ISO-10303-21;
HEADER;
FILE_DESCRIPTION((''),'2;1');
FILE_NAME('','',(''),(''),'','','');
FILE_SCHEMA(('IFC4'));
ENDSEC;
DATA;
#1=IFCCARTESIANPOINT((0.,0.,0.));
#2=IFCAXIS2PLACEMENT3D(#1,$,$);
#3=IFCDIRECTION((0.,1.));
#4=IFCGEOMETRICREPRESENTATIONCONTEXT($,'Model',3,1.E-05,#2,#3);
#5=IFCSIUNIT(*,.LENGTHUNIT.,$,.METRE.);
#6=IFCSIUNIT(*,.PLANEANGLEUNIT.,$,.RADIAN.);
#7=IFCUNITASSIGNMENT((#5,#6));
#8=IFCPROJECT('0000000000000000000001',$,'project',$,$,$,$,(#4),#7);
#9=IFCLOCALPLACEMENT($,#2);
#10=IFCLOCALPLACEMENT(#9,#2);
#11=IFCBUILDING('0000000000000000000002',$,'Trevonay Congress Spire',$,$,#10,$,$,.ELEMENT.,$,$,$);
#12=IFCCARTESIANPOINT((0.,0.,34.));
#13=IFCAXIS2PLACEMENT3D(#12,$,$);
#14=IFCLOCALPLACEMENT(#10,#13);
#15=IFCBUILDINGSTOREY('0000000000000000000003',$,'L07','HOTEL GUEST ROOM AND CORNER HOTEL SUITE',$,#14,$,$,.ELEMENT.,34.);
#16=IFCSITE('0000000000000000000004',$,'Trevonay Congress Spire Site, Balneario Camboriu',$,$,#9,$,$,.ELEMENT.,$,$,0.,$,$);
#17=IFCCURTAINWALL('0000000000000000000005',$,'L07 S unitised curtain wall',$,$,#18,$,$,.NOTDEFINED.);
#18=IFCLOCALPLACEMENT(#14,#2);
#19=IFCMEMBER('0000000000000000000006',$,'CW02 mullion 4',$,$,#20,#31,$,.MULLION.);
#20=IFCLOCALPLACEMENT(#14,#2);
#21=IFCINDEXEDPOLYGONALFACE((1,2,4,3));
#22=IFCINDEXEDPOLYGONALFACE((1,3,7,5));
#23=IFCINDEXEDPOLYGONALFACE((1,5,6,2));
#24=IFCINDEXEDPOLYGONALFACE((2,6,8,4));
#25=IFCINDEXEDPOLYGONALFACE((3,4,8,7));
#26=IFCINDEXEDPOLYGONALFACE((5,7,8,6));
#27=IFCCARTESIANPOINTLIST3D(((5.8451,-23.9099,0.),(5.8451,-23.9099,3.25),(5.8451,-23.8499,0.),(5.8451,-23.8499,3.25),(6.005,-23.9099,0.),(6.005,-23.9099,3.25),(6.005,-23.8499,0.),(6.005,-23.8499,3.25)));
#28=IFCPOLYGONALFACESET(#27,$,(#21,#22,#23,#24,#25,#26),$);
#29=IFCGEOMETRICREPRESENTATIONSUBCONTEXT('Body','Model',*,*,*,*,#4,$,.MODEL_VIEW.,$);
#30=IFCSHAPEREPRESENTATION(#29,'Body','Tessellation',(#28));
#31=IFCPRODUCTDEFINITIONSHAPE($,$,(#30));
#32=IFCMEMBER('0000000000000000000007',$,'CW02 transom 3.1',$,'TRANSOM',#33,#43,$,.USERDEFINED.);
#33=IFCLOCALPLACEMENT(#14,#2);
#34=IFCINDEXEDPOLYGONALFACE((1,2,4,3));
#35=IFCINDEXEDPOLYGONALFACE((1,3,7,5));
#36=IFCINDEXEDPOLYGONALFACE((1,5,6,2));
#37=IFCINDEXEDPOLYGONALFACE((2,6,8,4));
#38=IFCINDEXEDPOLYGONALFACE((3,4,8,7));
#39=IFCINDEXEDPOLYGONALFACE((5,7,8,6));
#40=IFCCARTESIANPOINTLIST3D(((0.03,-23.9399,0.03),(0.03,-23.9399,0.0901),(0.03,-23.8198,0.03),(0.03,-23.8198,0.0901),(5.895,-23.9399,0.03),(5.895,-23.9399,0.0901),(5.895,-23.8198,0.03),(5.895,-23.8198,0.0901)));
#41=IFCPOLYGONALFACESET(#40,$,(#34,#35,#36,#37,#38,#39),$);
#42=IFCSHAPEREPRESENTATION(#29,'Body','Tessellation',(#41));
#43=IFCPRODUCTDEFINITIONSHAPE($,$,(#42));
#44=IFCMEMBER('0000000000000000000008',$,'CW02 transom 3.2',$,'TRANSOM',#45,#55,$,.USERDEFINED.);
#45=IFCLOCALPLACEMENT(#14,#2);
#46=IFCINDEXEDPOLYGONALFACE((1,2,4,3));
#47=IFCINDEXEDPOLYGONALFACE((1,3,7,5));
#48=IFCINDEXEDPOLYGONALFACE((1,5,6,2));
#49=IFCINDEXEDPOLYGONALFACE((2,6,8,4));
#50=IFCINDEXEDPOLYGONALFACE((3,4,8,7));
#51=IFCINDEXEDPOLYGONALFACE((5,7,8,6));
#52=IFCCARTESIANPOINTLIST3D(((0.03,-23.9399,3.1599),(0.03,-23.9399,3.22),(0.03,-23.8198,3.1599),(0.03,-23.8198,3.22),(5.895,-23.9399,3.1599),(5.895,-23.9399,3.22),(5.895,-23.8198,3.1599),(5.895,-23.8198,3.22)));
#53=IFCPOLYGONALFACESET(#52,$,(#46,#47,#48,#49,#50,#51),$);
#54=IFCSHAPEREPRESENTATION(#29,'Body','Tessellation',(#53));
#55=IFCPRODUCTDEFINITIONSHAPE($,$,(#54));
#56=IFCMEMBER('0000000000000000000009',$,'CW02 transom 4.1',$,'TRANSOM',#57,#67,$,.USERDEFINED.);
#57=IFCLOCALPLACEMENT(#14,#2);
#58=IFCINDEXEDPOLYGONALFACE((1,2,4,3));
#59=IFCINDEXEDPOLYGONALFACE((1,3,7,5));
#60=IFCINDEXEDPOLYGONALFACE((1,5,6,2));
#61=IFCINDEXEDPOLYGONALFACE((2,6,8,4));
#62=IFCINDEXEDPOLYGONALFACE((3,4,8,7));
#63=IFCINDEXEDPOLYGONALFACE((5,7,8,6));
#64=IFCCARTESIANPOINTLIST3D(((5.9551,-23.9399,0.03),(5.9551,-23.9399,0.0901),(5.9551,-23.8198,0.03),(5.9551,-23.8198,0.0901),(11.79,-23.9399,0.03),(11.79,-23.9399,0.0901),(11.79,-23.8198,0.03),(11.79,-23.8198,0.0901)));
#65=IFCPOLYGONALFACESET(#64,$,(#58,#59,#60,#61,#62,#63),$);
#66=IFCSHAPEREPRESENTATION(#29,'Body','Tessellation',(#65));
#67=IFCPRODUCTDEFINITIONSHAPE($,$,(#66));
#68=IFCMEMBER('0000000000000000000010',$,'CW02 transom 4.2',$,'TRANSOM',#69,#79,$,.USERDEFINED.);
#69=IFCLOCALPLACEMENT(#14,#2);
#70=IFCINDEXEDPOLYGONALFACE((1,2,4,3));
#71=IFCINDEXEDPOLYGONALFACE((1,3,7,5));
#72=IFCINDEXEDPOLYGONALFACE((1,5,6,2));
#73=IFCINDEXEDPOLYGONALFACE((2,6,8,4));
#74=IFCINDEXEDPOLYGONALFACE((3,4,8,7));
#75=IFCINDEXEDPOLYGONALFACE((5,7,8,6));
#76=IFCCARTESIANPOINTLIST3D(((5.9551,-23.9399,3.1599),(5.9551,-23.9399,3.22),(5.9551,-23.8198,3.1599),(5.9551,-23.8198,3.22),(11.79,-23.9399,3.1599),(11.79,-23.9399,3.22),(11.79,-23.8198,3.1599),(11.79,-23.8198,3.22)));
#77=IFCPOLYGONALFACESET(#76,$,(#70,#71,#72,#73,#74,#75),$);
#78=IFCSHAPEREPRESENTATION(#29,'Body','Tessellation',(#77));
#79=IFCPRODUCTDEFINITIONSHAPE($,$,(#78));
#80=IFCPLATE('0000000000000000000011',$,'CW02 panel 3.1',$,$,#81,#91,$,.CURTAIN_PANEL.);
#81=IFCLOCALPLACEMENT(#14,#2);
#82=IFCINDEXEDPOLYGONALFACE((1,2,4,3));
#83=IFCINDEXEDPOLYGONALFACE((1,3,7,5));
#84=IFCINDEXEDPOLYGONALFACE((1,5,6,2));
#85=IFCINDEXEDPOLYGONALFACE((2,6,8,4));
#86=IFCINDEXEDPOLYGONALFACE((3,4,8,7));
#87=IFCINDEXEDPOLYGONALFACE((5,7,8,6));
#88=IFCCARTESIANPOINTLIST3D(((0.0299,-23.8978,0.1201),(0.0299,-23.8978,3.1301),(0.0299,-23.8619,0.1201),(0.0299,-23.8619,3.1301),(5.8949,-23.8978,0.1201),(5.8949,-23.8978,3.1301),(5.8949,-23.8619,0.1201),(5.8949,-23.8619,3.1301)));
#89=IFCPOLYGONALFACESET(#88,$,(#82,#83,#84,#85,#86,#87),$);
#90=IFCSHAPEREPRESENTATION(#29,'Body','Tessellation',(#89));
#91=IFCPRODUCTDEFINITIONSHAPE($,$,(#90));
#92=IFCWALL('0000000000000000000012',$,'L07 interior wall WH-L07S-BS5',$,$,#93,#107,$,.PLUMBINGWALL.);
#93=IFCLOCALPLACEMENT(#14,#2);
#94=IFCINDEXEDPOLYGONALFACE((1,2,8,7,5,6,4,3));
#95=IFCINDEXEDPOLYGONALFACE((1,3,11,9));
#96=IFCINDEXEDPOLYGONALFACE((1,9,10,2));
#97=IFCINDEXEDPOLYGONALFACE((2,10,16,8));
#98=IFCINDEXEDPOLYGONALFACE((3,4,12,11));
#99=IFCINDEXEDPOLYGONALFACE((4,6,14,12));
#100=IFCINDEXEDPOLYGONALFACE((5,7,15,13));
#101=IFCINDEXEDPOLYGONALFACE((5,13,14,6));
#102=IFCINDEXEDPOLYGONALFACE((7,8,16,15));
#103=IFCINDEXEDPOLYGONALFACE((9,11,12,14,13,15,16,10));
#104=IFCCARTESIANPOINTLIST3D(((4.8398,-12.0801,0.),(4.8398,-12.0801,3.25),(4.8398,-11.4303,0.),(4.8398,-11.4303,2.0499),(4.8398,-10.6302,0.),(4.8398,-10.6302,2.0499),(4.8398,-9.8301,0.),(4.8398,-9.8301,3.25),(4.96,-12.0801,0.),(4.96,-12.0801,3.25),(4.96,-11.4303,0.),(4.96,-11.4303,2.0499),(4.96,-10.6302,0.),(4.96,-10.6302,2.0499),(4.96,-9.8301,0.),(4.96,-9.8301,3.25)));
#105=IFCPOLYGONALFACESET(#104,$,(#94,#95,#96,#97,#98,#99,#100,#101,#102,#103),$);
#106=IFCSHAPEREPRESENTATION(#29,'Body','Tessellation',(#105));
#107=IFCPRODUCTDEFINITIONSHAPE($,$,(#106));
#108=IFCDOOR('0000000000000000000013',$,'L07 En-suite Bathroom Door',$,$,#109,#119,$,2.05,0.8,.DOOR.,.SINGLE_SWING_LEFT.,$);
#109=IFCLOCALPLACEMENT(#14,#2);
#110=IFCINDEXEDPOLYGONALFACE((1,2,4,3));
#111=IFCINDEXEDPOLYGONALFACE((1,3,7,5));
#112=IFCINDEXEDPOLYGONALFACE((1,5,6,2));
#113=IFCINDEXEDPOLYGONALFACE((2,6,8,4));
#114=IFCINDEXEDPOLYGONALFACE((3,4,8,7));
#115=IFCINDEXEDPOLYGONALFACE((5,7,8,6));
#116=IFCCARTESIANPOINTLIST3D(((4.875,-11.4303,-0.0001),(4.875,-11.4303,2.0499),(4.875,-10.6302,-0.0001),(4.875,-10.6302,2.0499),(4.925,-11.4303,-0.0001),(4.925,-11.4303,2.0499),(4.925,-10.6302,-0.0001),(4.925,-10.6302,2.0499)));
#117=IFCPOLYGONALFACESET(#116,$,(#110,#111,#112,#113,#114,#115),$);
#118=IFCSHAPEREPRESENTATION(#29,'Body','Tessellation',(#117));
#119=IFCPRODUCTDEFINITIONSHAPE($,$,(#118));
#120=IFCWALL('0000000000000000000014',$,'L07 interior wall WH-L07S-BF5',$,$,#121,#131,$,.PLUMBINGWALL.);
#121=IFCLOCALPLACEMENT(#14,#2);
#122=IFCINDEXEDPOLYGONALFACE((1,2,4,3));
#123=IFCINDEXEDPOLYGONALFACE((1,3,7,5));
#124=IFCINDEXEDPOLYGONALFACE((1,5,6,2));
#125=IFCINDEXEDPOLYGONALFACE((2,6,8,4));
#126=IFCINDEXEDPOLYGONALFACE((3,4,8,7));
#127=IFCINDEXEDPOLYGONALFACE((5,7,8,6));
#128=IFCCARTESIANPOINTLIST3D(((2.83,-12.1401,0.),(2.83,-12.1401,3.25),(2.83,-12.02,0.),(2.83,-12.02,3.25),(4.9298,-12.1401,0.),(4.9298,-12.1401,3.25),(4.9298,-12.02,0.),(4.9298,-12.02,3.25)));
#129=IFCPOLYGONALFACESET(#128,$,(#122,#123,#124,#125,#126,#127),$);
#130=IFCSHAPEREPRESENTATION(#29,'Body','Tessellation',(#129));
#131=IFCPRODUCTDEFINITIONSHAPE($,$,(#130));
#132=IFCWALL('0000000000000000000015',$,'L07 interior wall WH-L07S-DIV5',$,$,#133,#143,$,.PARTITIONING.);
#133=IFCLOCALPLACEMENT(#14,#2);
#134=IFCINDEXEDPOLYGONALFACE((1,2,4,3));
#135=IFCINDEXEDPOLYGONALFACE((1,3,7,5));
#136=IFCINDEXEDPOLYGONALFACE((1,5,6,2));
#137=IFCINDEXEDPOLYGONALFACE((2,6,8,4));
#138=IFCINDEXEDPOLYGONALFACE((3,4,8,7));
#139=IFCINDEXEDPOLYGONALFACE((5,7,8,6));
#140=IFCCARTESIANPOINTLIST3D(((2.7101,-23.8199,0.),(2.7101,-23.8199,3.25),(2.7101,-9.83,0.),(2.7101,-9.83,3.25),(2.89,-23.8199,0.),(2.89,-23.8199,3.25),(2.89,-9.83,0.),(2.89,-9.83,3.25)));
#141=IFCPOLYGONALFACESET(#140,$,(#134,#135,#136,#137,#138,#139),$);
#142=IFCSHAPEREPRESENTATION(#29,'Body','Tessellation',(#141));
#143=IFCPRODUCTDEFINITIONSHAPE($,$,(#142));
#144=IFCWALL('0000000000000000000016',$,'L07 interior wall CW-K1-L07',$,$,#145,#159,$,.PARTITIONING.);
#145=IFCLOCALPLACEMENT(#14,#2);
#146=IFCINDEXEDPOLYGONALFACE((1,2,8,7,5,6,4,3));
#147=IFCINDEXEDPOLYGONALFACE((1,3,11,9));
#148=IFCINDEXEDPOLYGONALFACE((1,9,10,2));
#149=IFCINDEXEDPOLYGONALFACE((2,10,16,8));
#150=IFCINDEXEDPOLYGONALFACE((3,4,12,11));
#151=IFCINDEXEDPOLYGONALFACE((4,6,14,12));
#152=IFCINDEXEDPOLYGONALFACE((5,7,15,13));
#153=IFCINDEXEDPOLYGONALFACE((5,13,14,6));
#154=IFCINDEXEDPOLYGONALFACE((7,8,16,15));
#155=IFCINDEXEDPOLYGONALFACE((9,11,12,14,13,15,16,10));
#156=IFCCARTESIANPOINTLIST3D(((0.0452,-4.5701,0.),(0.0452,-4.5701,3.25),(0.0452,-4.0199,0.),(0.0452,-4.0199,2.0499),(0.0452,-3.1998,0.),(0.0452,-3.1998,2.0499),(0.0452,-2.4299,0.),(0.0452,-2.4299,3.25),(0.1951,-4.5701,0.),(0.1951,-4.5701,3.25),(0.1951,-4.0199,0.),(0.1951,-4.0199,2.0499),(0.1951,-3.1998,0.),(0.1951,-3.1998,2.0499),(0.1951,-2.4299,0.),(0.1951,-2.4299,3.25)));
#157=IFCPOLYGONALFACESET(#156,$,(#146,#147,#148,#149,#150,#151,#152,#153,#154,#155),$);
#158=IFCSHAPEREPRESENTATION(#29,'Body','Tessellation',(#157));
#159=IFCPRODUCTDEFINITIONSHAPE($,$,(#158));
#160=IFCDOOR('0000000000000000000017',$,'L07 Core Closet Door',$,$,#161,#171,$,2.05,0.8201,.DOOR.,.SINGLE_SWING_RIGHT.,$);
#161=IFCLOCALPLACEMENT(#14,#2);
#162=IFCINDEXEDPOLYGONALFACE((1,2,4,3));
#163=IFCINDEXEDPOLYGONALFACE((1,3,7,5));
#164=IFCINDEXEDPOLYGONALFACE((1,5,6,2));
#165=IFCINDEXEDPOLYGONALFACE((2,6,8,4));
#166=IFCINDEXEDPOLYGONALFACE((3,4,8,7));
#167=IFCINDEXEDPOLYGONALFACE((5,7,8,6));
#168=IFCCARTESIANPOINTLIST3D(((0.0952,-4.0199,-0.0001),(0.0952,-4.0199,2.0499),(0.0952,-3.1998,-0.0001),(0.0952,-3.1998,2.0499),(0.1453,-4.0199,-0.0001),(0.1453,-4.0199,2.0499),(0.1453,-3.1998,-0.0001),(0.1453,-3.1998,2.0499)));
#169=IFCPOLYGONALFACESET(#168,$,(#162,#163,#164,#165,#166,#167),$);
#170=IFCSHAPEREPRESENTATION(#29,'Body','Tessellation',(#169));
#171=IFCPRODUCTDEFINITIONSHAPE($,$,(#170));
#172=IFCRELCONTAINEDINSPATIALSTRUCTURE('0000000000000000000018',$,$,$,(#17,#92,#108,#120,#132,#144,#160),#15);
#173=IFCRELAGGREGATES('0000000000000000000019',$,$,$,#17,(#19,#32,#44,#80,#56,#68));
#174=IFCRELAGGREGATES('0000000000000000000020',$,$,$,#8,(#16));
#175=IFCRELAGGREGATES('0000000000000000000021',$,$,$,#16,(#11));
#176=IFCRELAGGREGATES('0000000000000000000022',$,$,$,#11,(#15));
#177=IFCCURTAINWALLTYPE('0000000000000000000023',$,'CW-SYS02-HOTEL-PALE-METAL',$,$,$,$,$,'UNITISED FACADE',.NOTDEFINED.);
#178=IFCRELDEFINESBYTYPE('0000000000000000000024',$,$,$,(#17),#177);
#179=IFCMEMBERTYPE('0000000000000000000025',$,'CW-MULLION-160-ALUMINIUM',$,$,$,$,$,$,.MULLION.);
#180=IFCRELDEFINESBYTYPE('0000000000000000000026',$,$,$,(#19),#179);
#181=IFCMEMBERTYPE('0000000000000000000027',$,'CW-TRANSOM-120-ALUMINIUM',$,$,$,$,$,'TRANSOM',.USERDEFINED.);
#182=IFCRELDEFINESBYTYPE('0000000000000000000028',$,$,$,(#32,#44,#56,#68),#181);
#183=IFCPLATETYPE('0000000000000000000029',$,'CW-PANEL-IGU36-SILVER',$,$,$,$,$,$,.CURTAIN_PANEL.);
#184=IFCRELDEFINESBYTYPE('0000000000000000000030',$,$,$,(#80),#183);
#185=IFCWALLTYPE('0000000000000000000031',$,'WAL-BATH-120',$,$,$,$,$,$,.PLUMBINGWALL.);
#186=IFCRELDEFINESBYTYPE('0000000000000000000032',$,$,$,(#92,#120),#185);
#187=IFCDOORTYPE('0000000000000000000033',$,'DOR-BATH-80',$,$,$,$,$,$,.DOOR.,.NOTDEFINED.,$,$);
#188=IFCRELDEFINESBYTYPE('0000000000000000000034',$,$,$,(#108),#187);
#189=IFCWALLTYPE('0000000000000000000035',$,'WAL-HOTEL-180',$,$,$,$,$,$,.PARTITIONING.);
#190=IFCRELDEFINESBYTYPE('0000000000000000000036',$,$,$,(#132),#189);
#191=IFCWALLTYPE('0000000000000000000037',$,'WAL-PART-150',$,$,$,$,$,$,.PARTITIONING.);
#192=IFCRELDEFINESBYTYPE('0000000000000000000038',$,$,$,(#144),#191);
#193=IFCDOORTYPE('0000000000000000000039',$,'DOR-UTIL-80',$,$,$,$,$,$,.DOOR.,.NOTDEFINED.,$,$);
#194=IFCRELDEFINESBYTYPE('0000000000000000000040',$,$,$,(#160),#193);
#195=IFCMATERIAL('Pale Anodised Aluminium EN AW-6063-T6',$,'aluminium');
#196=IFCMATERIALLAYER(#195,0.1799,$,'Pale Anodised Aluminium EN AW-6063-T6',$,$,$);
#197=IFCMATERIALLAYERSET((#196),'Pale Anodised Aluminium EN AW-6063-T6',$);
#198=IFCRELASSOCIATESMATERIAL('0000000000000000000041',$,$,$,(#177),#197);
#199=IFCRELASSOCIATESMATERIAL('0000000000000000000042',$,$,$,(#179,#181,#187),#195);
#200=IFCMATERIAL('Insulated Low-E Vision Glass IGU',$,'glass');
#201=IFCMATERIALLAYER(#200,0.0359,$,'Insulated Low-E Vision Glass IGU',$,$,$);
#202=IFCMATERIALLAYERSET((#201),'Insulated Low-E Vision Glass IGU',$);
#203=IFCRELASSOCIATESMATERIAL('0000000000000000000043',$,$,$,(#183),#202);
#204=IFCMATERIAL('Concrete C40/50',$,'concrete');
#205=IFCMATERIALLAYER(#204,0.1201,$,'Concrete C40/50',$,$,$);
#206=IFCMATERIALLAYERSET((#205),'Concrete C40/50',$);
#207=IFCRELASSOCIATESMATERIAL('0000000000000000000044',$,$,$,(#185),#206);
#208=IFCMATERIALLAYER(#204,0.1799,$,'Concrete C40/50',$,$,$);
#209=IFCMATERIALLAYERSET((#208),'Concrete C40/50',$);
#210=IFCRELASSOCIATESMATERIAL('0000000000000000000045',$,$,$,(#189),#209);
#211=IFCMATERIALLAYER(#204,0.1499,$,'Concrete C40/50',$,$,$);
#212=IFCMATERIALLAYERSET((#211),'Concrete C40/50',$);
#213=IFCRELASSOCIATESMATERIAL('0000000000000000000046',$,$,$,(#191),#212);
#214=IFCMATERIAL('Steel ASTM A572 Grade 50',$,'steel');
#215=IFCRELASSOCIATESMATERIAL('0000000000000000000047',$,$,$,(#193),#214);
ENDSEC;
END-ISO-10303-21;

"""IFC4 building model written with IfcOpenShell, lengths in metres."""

from ifc_helpers import new_model, si_unit, direction, frame, frame_2d, origin, origin_2d, place, context, subcontext, project, spatial, rectangle, extrude, material, layer, layer_set, material_profile, profile_set, type_object, element, fill, aggregate, save


model = new_model("IFC4")

# Units and contexts
model_context = context("Model", 3, precision=1e-05, world=origin(), true_north=direction((0.0, 1.0)))
body_context = subcontext(model_context, "Body", "Model", "MODEL_VIEW")
ifc_project = project(units=[si_unit("LENGTHUNIT", "METRE"), si_unit("PLANEANGLEUNIT", "RADIAN")], contexts=[model_context])

# Site, building, storey
site_placement = place(None, origin())
site = spatial("IfcSite", under=ifc_project, at=site_placement, Name="Trevonay Congress Spire Site, Balneario Camboriu", CompositionType="ELEMENT", RefElevation=0.0)
building_placement = place(site_placement, origin())
building = spatial("IfcBuilding", under=site, at=building_placement, Name="Trevonay Congress Spire", CompositionType="ELEMENT")
storey_placement = place(building_placement, frame((0.0, 0.0, 34.0)))
storey = spatial("IfcBuildingStorey", under=building, at=storey_placement, Name="L07", Description="HOTEL GUEST ROOM AND CORNER HOTEL SUITE", CompositionType="ELEMENT", Elevation=34.0)

# Shared definitions
ifc_material_1 = material(Name="Steel ASTM A572 Grade 50", Category="steel")

# Curtain wall, members, plate
ifc_material_2 = material(Name="Pale Anodised Aluminium EN AW-6063-T6", Category="aluminium")
ifc_layer_1 = layer(ifc_material_2, 0.1799, Name="Pale Anodised Aluminium EN AW-6063-T6")
ifc_layer_set_1 = layer_set([ifc_layer_1], Name="Pale Anodised Aluminium EN AW-6063-T6")
curtain_wall_type = type_object("IfcCurtainWallType", Name="CW-SYS02-HOTEL-PALE-METAL", ElementType="UNITISED FACADE", PredefinedType="NOTDEFINED", material=ifc_layer_set_1)
curtain_wall_placement = place(storey_placement, origin())
curtain_wall = element("IfcCurtainWall", 1, at=curtain_wall_placement, inside=storey, type_object=curtain_wall_type, Name="L07 S unitised curtain wall", PredefinedType="NOTDEFINED")
ifc_material_profile_1 = material_profile(ifc_material_2, rectangle(XDim=0.0601, YDim=0.1599, at=origin_2d()), Name="CW-MULLION-160-ALUMINIUM")
ifc_profile_set_1 = profile_set([ifc_material_profile_1], Name="Pale Anodised Aluminium EN AW-6063-T6")
member_type_1 = type_object("IfcMemberType", Name="CW-MULLION-160-ALUMINIUM", PredefinedType="MULLION", material=ifc_profile_set_1)
member_1_placement = place(storey_placement, frame((5.925, -23.8799, 0.0), z_axis=(0.0, 0.0, 1.0), x_axis=(0.0, 1.0, 0.0)))
member_1 = element("IfcMember", 2, at=member_1_placement, type_object=member_type_1, Name="CW02 mullion 4", PredefinedType="MULLION", context=body_context, shape_type="SweptSolid", body=[
    extrude(rectangle(XDim=0.0601, YDim=0.1599, at=origin_2d()), origin(), (0.0, 0.0, 1.0), 3.25),
])
ifc_material_profile_2 = material_profile(ifc_material_2, rectangle(XDim=0.1201, YDim=0.0601, at=origin_2d()), Name="CW-TRANSOM-120-ALUMINIUM")
ifc_profile_set_2 = profile_set([ifc_material_profile_2], Name="Pale Anodised Aluminium EN AW-6063-T6")
member_type_2 = type_object("IfcMemberType", Name="CW-TRANSOM-120-ALUMINIUM", ElementType="TRANSOM", PredefinedType="USERDEFINED", material=ifc_profile_set_2)
member_2_placement = place(storey_placement, frame((0.03, -23.8799, 0.0601), z_axis=(1.0, 0.0, 0.0), x_axis=(0.0, 1.0, 0.0)))
member_2 = element("IfcMember", 3, at=member_2_placement, type_object=member_type_2, Name="CW02 transom 3.1", ObjectType="TRANSOM", PredefinedType="USERDEFINED", context=body_context, shape_type="SweptSolid", body=[
    extrude(rectangle(XDim=0.1201, YDim=0.0601, at=origin_2d()), origin(), (0.0, 0.0, 1.0), 5.865),
])
member_3_placement = place(storey_placement, frame((0.03, -23.8799, 3.1899), z_axis=(1.0, 0.0, 0.0), x_axis=(0.0, 1.0, 0.0)))
member_3 = element("IfcMember", 4, at=member_3_placement, type_object=member_type_2, Name="CW02 transom 3.2", ObjectType="TRANSOM", PredefinedType="USERDEFINED", context=body_context, shape_type="SweptSolid", body=[
    extrude(rectangle(XDim=0.1201, YDim=0.0601, at=origin_2d()), origin(), (0.0, 0.0, 1.0), 5.865),
])
member_4_placement = place(storey_placement, frame((5.9551, -23.8799, 0.0601), z_axis=(1.0, 0.0, 0.0), x_axis=(0.0, 1.0, 0.0)))
member_4 = element("IfcMember", 5, at=member_4_placement, type_object=member_type_2, Name="CW02 transom 4.1", ObjectType="TRANSOM", PredefinedType="USERDEFINED", context=body_context, shape_type="SweptSolid", body=[
    extrude(rectangle(XDim=0.1201, YDim=0.0601, at=origin_2d()), origin(), (0.0, 0.0, 1.0), 5.835),
])
member_5_placement = place(storey_placement, frame((5.9551, -23.8799, 3.1899), z_axis=(1.0, 0.0, 0.0), x_axis=(0.0, 1.0, 0.0)))
member_5 = element("IfcMember", 6, at=member_5_placement, type_object=member_type_2, Name="CW02 transom 4.2", ObjectType="TRANSOM", PredefinedType="USERDEFINED", context=body_context, shape_type="SweptSolid", body=[
    extrude(rectangle(XDim=0.1201, YDim=0.0601, at=origin_2d()), origin(), (0.0, 0.0, 1.0), 5.835),
])
ifc_material_3 = material(Name="Insulated Low-E Vision Glass IGU", Category="glass")
ifc_layer_2 = layer(ifc_material_3, 0.0359, Name="Insulated Low-E Vision Glass IGU")
ifc_layer_set_2 = layer_set([ifc_layer_2], Name="Insulated Low-E Vision Glass IGU")
plate_type = type_object("IfcPlateType", Name="CW-PANEL-IGU36-SILVER", PredefinedType="CURTAIN_PANEL", material=ifc_layer_set_2)
plate_placement = place(storey_placement, frame((2.9624, -23.8799, 0.1201), z_axis=(0.0, 0.0, 1.0), x_axis=(1.0, 0.0, 0.0)))
plate = element("IfcPlate", 7, at=plate_placement, type_object=plate_type, Name="CW02 panel 3.1", PredefinedType="CURTAIN_PANEL", context=body_context, shape_type="SweptSolid", body=[
    extrude(rectangle(XDim=5.865, YDim=0.0359, at=origin_2d()), origin(), (0.0, 0.0, 1.0), 3.01),
])
aggregate(curtain_wall, [member_1, member_2, member_3, plate, member_4, member_5])

# Wall, opening, door
ifc_material_4 = material(Name="Concrete C40/50", Category="concrete")
ifc_layer_3 = layer(ifc_material_4, 0.1201, Name="Concrete C40/50")
ifc_layer_set_3 = layer_set([ifc_layer_3], Name="Concrete C40/50")
wall_type_1 = type_object("IfcWallType", Name="WAL-BATH-120", PredefinedType="PLUMBINGWALL", material=ifc_layer_set_3)
wall_1_placement = place(storey_placement, frame((4.8999, -12.0801, 0.0), z_axis=(0.0, 0.0, 1.0), x_axis=(0.0, 1.0, 0.0)))
wall_1 = element("IfcWall", 8, at=wall_1_placement, inside=storey, type_object=wall_type_1, Name="L07 interior wall WH-L07S-BS5", PredefinedType="PLUMBINGWALL", context=body_context, shape_type="SweptSolid", body=[
    extrude(rectangle(XDim=2.25, YDim=0.1201, at=frame_2d((1.125, 0.0))), origin(), (0.0, 0.0, 1.0), 3.25),
])
opening_1_placement = place(wall_1_placement, frame((0.6499, 0.0, 0.0)))
opening_1 = element("IfcOpeningElement", 9, at=opening_1_placement, cuts=wall_1, PredefinedType="OPENING", context=body_context, shape_type="SweptSolid", body=[
    extrude(rectangle(XDim=0.8, YDim=2.05, at=frame_2d((0.3999, 1.0249))), frame((0.0, 0.0701, 0.0), z_axis=(0.0, -1.0, 0.0), x_axis=(1.0, 0.0, 0.0)), (0.0, 0.0, 1.0), 0.1401),
])
door_type_1 = type_object("IfcDoorType", Name="DOR-BATH-80", OperationType="NOTDEFINED", PredefinedType="DOOR", material=ifc_material_2)
door_1_placement = place(opening_1_placement, origin())
door_1 = element("IfcDoor", 10, at=door_1_placement, inside=storey, type_object=door_type_1, Name="L07 En-suite Bathroom Door", OperationType="SINGLE_SWING_LEFT", OverallHeight=2.05, OverallWidth=0.8, PredefinedType="DOOR", context=body_context, shape_type="SweptSolid", body=[
    extrude(rectangle(XDim=0.8, YDim=2.05, at=frame_2d((0.3999, 1.0249))), frame((0.0, 0.0249, 0.0), z_axis=(0.0, -1.0, 0.0), x_axis=(1.0, 0.0, 0.0)), (0.0, 0.0, 1.0), 0.05),
])
fill(opening_1, door_1)

# Walls
wall_2_placement = place(storey_placement, frame((2.8301, -12.0801, 0.0), z_axis=(0.0, 0.0, 1.0), x_axis=(1.0, 0.0, 0.0)))
element("IfcWall", 11, at=wall_2_placement, inside=storey, type_object=wall_type_1, Name="L07 interior wall WH-L07S-BF5", PredefinedType="PLUMBINGWALL", context=body_context, shape_type="SweptSolid", body=[
    extrude(rectangle(XDim=2.0999, YDim=0.1201, at=frame_2d((1.0498, 0.0))), origin(), (0.0, 0.0, 1.0), 3.25),
])
ifc_layer_4 = layer(ifc_material_4, 0.1799, Name="Concrete C40/50")
ifc_layer_set_4 = layer_set([ifc_layer_4], Name="Concrete C40/50")
wall_type_2 = type_object("IfcWallType", Name="WAL-HOTEL-180", PredefinedType="PARTITIONING", material=ifc_layer_set_4)
wall_3_placement = place(storey_placement, frame((2.8, -23.8201, 0.0), z_axis=(0.0, 0.0, 1.0), x_axis=(0.0, 1.0, 0.0)))
element("IfcWall", 12, at=wall_3_placement, inside=storey, type_object=wall_type_2, Name="L07 interior wall WH-L07S-DIV5", PredefinedType="PARTITIONING", context=body_context, shape_type="SweptSolid", body=[
    extrude(rectangle(XDim=13.99, YDim=0.1799, at=frame_2d((6.9951, 0.0))), origin(), (0.0, 0.0, 1.0), 3.25),
])

# Wall, opening, door
ifc_layer_5 = layer(ifc_material_4, 0.1499, Name="Concrete C40/50")
ifc_layer_set_5 = layer_set([ifc_layer_5], Name="Concrete C40/50")
wall_type_3 = type_object("IfcWallType", Name="WAL-PART-150", PredefinedType="PARTITIONING", material=ifc_layer_set_5)
wall_4_placement = place(storey_placement, frame((0.1201, -4.5701, 0.0), z_axis=(0.0, 0.0, 1.0), x_axis=(0.0, 1.0, 0.0)))
wall_4 = element("IfcWall", 13, at=wall_4_placement, inside=storey, type_object=wall_type_3, Name="L07 interior wall CW-K1-L07", PredefinedType="PARTITIONING", context=body_context, shape_type="SweptSolid", body=[
    extrude(rectangle(XDim=2.1401, YDim=0.1499, at=frame_2d((1.0701, 0.0))), origin(), (0.0, 0.0, 1.0), 3.25),
])
opening_2_placement = place(wall_4_placement, frame((0.55, 0.0, 0.0)))
opening_2 = element("IfcOpeningElement", 14, at=opening_2_placement, cuts=wall_4, PredefinedType="OPENING", context=body_context, shape_type="SweptSolid", body=[
    extrude(rectangle(XDim=0.8201, YDim=2.05, at=frame_2d((0.4102, 1.0249))), frame((0.0, 0.085, 0.0), z_axis=(0.0, -1.0, 0.0), x_axis=(1.0, 0.0, 0.0)), (0.0, 0.0, 1.0), 0.1699),
])
door_type_2 = type_object("IfcDoorType", Name="DOR-UTIL-80", OperationType="NOTDEFINED", PredefinedType="DOOR", material=ifc_material_1)
door_2_placement = place(opening_2_placement, origin())
door_2 = element("IfcDoor", 15, at=door_2_placement, inside=storey, type_object=door_type_2, Name="L07 Core Closet Door", OperationType="SINGLE_SWING_RIGHT", OverallHeight=2.05, OverallWidth=0.8201, PredefinedType="DOOR", context=body_context, shape_type="SweptSolid", body=[
    extrude(rectangle(XDim=0.8201, YDim=2.05, at=frame_2d((0.4102, 1.0249))), frame((0.0, 0.0249, 0.0), z_axis=(0.0, -1.0, 0.0), x_axis=(1.0, 0.0, 0.0)), (0.0, 0.0, 1.0), 0.05),
])
fill(opening_2, door_2)

save(model, "model.ifc")
